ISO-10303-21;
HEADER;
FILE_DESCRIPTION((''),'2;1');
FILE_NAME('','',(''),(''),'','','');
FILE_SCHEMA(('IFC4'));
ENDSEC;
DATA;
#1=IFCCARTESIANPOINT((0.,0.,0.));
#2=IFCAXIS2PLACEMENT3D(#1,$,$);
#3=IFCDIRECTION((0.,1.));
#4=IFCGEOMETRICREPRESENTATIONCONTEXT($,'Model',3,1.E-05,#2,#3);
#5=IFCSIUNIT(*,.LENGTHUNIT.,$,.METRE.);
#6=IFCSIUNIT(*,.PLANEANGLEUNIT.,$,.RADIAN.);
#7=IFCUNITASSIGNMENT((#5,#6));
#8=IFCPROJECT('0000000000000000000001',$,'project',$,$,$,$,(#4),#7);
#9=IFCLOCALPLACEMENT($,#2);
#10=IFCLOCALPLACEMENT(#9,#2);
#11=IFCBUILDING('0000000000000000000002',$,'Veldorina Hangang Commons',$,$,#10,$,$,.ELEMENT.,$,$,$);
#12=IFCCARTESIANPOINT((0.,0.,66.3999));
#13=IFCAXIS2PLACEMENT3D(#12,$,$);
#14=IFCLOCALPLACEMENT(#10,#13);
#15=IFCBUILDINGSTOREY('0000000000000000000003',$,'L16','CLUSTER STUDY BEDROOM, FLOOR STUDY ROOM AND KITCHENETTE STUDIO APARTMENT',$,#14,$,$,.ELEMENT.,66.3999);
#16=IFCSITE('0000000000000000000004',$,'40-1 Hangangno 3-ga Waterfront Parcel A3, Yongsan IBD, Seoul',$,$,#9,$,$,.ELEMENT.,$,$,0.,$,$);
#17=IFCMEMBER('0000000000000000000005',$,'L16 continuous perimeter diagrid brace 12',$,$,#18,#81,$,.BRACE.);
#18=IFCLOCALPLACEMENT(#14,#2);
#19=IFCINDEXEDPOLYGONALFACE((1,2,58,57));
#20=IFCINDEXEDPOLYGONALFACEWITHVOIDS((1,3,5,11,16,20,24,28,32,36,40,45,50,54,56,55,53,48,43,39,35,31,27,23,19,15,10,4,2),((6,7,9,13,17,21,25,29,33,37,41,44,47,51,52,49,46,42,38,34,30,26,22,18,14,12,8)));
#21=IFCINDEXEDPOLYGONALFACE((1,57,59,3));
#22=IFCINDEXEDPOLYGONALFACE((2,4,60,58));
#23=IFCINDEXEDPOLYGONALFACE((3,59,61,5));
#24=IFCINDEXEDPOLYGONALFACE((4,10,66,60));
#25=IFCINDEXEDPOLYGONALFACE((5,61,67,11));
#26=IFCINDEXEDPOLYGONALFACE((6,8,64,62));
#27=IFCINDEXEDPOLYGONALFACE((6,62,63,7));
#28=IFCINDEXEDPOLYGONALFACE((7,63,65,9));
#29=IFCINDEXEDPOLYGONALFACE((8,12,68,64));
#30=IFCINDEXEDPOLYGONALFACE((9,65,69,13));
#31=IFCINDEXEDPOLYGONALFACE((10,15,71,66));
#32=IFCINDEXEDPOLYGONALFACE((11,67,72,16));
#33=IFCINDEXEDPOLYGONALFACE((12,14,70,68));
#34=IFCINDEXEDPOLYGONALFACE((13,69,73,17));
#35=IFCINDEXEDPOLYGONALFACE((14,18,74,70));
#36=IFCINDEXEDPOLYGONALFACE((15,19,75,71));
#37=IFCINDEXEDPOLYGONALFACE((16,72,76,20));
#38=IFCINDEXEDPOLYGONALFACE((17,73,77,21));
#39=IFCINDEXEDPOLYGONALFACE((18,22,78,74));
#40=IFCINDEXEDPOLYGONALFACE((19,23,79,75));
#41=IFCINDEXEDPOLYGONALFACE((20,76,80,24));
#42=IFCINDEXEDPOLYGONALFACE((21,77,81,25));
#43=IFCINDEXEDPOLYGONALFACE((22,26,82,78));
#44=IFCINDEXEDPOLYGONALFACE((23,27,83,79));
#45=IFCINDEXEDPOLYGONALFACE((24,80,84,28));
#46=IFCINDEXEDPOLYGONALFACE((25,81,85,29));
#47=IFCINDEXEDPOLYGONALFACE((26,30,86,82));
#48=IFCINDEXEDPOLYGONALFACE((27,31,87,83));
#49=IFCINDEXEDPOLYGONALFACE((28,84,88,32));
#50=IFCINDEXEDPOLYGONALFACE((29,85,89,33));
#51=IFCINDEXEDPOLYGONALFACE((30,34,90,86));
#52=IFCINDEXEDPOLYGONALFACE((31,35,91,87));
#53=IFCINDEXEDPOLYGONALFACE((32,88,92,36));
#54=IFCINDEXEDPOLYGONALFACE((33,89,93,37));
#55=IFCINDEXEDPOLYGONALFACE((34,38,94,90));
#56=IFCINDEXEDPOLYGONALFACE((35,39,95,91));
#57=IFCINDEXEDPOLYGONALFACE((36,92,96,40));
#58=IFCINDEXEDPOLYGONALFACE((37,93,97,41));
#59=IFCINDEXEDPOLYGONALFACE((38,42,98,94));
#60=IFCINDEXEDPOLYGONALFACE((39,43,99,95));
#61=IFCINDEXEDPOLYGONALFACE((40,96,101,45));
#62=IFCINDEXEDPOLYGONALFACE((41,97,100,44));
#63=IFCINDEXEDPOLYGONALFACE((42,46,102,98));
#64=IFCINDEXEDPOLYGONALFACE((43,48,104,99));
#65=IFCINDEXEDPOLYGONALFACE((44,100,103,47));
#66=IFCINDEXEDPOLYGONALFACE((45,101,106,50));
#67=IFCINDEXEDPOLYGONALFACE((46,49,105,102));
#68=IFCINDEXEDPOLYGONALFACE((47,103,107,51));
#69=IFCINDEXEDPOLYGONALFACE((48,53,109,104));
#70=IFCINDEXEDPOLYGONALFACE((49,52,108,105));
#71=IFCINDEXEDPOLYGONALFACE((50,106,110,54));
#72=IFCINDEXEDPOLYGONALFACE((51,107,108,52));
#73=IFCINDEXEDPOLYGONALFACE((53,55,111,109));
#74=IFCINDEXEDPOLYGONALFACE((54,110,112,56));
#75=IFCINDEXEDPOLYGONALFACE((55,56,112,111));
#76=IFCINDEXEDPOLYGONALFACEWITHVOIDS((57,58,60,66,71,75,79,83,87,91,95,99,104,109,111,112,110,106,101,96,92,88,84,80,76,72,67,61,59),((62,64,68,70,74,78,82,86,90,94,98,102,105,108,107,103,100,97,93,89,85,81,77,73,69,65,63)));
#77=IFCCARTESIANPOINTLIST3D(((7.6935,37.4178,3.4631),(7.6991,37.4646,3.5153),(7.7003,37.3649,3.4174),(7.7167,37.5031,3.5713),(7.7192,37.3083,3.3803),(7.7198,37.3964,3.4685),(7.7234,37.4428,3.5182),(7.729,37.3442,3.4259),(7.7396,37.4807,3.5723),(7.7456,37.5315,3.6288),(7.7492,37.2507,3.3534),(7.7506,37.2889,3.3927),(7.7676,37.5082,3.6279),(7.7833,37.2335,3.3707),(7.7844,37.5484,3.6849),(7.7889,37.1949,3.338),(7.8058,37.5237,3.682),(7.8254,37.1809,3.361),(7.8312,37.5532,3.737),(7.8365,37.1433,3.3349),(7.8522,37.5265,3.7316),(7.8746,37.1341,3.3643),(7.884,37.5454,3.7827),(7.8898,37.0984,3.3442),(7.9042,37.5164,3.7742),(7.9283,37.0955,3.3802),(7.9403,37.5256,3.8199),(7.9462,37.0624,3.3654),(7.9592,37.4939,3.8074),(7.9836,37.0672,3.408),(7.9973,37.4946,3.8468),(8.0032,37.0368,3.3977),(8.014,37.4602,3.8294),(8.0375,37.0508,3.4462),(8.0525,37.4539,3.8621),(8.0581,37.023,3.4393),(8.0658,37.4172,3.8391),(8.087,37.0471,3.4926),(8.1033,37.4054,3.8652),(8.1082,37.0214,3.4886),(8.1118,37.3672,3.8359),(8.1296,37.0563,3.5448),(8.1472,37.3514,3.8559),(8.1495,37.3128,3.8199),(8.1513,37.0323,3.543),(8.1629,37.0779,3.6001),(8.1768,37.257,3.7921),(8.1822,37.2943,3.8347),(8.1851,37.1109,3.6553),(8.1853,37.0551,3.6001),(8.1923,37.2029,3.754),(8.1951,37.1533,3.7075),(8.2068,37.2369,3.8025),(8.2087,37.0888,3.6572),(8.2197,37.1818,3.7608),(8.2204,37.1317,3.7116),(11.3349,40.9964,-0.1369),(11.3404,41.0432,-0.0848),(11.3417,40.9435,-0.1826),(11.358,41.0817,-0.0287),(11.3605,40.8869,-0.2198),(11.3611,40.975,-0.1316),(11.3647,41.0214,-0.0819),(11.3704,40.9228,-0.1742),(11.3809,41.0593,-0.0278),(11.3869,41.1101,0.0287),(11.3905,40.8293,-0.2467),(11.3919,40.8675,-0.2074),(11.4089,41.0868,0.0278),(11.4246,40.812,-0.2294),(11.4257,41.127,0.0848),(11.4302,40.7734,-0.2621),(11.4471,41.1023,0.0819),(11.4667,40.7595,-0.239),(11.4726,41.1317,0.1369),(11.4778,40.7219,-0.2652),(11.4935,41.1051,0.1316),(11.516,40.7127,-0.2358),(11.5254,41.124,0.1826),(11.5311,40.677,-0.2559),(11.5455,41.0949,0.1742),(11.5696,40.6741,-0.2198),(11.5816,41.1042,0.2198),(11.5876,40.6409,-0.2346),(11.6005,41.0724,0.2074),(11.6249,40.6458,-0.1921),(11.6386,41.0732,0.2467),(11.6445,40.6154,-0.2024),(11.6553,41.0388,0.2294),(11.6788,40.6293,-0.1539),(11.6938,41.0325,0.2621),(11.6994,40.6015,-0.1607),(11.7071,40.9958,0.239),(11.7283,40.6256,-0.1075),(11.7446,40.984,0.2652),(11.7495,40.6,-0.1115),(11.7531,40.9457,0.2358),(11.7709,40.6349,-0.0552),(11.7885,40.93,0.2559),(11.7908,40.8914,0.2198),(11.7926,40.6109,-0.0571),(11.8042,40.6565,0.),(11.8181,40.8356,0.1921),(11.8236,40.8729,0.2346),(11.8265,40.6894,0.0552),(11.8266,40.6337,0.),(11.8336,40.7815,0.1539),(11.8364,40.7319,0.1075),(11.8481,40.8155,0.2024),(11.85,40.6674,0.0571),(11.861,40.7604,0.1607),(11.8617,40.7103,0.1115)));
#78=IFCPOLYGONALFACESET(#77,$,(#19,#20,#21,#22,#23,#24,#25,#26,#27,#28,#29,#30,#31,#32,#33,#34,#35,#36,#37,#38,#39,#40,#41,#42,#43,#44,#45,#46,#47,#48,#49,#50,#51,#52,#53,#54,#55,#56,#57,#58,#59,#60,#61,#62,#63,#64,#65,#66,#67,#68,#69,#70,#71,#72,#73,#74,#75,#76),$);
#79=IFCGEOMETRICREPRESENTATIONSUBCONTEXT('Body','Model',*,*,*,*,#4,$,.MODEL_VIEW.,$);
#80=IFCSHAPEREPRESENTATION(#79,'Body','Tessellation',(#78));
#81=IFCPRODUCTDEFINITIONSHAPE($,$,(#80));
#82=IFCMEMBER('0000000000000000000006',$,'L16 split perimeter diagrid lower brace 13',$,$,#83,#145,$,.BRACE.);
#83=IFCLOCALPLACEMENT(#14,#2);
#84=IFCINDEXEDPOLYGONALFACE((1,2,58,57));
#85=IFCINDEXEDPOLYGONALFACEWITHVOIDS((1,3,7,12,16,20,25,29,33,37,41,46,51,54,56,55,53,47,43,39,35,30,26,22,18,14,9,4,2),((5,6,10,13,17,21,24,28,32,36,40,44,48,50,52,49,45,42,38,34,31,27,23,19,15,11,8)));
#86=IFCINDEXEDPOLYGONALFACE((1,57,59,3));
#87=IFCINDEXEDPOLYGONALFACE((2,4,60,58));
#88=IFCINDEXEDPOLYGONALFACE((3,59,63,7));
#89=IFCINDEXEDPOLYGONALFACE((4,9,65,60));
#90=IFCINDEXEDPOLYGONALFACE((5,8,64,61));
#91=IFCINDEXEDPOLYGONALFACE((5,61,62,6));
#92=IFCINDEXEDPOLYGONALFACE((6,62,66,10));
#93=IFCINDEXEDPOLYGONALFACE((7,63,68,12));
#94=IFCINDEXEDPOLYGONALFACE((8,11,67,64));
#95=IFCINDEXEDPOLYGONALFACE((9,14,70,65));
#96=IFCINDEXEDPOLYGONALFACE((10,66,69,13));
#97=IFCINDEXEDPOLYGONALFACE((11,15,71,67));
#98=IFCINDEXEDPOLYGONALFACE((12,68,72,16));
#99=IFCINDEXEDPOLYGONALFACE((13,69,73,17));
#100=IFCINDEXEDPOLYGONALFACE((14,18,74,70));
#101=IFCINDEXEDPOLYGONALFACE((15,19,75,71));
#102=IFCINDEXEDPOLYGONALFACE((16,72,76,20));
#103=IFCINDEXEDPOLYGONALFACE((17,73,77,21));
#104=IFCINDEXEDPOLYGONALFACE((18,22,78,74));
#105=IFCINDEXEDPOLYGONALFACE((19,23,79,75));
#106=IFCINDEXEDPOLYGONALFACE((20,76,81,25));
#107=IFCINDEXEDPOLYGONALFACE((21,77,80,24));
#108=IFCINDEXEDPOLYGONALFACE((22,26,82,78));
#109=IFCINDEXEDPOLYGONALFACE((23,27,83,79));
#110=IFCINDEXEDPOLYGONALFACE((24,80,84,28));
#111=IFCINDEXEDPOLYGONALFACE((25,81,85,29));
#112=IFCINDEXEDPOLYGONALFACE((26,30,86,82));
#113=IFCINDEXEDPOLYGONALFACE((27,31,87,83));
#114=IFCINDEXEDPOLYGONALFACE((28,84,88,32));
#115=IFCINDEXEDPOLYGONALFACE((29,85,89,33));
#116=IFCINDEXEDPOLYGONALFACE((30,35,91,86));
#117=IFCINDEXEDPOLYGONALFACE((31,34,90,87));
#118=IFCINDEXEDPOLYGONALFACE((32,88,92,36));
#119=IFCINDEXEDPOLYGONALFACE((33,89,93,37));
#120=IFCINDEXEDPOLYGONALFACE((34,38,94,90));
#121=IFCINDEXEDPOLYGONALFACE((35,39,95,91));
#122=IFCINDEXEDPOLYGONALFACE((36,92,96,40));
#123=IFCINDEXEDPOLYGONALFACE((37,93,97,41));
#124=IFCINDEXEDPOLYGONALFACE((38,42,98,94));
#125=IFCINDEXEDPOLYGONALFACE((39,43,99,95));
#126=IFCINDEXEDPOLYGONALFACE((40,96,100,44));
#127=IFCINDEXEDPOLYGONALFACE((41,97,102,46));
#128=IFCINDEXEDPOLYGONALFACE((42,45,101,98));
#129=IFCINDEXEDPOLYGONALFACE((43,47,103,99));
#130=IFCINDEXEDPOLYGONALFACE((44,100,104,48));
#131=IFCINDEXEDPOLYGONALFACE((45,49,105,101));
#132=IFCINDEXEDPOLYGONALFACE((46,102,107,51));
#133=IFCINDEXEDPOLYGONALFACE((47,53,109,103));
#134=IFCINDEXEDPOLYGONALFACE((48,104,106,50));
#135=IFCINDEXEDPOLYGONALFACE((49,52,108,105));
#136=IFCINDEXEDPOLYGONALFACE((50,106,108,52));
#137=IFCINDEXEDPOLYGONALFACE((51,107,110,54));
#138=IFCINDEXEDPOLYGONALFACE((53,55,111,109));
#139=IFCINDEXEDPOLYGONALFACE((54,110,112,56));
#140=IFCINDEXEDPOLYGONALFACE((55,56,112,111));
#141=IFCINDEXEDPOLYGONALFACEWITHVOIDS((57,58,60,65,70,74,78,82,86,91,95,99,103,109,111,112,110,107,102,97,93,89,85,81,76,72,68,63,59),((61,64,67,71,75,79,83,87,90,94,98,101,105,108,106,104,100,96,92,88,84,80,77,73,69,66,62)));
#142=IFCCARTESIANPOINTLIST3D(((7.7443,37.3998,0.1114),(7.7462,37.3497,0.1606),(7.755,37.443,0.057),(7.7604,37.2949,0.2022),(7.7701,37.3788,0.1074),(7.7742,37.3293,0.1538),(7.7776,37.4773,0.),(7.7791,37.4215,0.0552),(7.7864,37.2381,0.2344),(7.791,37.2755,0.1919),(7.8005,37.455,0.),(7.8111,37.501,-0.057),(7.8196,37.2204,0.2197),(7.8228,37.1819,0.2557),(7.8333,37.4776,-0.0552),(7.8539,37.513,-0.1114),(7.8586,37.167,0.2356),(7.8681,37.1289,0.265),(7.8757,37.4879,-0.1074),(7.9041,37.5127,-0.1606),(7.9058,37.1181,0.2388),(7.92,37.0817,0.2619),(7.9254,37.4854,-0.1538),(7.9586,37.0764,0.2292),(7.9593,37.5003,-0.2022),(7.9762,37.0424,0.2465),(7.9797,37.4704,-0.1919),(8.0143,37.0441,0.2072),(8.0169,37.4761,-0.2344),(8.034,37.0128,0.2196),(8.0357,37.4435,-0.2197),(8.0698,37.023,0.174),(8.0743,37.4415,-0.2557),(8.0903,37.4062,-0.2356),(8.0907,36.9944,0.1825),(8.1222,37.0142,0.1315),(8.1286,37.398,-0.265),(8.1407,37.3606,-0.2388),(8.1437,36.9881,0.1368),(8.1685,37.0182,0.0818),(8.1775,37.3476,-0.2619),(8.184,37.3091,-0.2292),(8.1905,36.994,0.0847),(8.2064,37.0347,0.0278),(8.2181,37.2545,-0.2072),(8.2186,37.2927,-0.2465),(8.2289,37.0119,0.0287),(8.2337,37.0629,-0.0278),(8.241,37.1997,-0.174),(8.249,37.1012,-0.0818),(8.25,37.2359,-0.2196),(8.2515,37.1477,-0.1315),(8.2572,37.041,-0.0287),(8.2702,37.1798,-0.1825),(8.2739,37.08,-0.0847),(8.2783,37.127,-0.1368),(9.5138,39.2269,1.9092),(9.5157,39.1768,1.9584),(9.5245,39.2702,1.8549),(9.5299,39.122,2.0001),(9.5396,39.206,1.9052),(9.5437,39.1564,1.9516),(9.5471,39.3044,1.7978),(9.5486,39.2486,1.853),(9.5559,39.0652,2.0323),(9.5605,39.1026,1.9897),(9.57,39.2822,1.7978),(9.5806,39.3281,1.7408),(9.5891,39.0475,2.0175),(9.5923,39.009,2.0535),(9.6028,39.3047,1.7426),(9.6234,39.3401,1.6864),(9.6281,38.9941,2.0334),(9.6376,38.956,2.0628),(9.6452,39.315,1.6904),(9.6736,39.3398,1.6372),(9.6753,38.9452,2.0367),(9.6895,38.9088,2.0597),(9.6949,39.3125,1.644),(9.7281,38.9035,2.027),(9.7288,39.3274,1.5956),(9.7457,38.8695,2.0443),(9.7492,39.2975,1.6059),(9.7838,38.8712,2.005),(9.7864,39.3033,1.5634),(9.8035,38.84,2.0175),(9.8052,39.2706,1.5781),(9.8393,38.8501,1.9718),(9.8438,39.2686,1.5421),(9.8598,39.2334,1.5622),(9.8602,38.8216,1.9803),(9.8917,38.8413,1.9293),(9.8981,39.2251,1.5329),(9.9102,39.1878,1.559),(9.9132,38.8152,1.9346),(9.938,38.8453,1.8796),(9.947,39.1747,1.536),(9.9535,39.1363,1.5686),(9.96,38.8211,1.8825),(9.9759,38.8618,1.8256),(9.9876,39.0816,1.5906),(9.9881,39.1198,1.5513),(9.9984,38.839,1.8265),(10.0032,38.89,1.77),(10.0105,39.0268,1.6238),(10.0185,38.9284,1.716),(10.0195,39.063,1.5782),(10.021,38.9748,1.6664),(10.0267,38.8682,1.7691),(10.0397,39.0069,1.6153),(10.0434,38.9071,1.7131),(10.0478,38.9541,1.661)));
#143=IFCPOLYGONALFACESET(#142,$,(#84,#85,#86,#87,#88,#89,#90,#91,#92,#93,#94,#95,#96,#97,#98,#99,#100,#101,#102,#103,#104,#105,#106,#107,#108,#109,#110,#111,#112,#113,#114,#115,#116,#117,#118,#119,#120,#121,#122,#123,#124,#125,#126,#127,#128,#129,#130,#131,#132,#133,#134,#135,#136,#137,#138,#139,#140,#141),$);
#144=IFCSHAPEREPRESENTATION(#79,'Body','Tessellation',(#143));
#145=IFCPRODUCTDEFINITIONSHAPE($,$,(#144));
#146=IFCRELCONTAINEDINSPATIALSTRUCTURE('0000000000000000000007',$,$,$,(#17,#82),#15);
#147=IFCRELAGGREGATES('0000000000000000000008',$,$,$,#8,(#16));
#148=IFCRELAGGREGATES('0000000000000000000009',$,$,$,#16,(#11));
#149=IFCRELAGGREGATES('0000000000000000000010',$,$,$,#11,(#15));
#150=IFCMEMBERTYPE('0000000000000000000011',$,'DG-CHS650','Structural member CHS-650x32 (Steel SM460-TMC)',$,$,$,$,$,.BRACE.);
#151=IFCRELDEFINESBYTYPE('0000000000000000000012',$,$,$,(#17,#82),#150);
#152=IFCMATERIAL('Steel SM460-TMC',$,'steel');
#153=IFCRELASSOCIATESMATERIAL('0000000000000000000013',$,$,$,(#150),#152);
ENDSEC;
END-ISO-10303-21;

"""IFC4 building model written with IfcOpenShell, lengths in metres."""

from ifc_helpers import new_model, si_unit, direction, frame, origin, origin_2d, place, context, subcontext, project, spatial, hollow_circle, extrude, material, material_profile, profile_set, type_object, element, save


model = new_model("IFC4")

# Units and contexts
model_context = context("Model", 3, precision=1e-05, world=origin(), true_north=direction((0.0, 1.0)))
body_context = subcontext(model_context, "Body", "Model", "MODEL_VIEW")
ifc_project = project(units=[si_unit("LENGTHUNIT", "METRE"), si_unit("PLANEANGLEUNIT", "RADIAN")], contexts=[model_context])

# Site, building, storey
site_placement = place(None, origin())
site = spatial("IfcSite", under=ifc_project, at=site_placement, Name="40-1 Hangangno 3-ga Waterfront Parcel A3, Yongsan IBD, Seoul", CompositionType="ELEMENT", RefElevation=0.0)
building_placement = place(site_placement, origin())
building = spatial("IfcBuilding", under=site, at=building_placement, Name="Veldorina Hangang Commons", CompositionType="ELEMENT")
storey_placement = place(building_placement, frame((0.0, 0.0, 66.3999)))
storey = spatial("IfcBuildingStorey", under=building, at=storey_placement, Name="L16", Description="CLUSTER STUDY BEDROOM, FLOOR STUDY ROOM AND KITCHENETTE STUDIO APARTMENT", CompositionType="ELEMENT", Elevation=66.3999)

# Members
ifc_material_1 = material(Name="Steel SM460-TMC", Category="steel")
ifc_material_profile_1 = material_profile(ifc_material_1, hollow_circle(Radius=0.325, WallThickness=0.032, at=origin_2d()), Name="CHS-650x32")
ifc_profile_set_1 = profile_set([ifc_material_profile_1], Name="Steel SM460-TMC")
member_type = type_object("IfcMemberType", Name="DG-CHS650", Description="Structural member CHS-650x32 (Steel SM460-TMC)", PredefinedType="BRACE", material=ifc_profile_set_1)
member_1_placement = place(storey_placement, frame((11.5989, 40.8655, 0.0), z_axis=(-0.582885, -0.572841, 0.57628), x_axis=(0.700935, -0.713225, 0.0)))
element("IfcMember", 1, at=member_1_placement, inside=storey, type_object=member_type, Name="L16 continuous perimeter diagrid brace 12", PredefinedType="BRACE", context=body_context, shape_type="SweptSolid", body=[
    extrude(hollow_circle(Radius=0.325, WallThickness=0.032, at=origin_2d()), origin(), (0.0, 0.0, 1.0), 6.2471),
])
member_2_placement = place(storey_placement, frame((8.011, 37.2512, 0.0), z_axis=(0.568104, 0.586602, 0.577196), x_axis=(-0.718342, 0.69569, 0.0)))
element("IfcMember", 2, at=member_2_placement, inside=storey, type_object=member_type, Name="L16 split perimeter diagrid lower brace 13", PredefinedType="BRACE", context=body_context, shape_type="SweptSolid", body=[
    extrude(hollow_circle(Radius=0.325, WallThickness=0.032, at=origin_2d()), origin(), (0.0, 0.0, 1.0), 3.1147),
])

save(model, "model.ifc")
